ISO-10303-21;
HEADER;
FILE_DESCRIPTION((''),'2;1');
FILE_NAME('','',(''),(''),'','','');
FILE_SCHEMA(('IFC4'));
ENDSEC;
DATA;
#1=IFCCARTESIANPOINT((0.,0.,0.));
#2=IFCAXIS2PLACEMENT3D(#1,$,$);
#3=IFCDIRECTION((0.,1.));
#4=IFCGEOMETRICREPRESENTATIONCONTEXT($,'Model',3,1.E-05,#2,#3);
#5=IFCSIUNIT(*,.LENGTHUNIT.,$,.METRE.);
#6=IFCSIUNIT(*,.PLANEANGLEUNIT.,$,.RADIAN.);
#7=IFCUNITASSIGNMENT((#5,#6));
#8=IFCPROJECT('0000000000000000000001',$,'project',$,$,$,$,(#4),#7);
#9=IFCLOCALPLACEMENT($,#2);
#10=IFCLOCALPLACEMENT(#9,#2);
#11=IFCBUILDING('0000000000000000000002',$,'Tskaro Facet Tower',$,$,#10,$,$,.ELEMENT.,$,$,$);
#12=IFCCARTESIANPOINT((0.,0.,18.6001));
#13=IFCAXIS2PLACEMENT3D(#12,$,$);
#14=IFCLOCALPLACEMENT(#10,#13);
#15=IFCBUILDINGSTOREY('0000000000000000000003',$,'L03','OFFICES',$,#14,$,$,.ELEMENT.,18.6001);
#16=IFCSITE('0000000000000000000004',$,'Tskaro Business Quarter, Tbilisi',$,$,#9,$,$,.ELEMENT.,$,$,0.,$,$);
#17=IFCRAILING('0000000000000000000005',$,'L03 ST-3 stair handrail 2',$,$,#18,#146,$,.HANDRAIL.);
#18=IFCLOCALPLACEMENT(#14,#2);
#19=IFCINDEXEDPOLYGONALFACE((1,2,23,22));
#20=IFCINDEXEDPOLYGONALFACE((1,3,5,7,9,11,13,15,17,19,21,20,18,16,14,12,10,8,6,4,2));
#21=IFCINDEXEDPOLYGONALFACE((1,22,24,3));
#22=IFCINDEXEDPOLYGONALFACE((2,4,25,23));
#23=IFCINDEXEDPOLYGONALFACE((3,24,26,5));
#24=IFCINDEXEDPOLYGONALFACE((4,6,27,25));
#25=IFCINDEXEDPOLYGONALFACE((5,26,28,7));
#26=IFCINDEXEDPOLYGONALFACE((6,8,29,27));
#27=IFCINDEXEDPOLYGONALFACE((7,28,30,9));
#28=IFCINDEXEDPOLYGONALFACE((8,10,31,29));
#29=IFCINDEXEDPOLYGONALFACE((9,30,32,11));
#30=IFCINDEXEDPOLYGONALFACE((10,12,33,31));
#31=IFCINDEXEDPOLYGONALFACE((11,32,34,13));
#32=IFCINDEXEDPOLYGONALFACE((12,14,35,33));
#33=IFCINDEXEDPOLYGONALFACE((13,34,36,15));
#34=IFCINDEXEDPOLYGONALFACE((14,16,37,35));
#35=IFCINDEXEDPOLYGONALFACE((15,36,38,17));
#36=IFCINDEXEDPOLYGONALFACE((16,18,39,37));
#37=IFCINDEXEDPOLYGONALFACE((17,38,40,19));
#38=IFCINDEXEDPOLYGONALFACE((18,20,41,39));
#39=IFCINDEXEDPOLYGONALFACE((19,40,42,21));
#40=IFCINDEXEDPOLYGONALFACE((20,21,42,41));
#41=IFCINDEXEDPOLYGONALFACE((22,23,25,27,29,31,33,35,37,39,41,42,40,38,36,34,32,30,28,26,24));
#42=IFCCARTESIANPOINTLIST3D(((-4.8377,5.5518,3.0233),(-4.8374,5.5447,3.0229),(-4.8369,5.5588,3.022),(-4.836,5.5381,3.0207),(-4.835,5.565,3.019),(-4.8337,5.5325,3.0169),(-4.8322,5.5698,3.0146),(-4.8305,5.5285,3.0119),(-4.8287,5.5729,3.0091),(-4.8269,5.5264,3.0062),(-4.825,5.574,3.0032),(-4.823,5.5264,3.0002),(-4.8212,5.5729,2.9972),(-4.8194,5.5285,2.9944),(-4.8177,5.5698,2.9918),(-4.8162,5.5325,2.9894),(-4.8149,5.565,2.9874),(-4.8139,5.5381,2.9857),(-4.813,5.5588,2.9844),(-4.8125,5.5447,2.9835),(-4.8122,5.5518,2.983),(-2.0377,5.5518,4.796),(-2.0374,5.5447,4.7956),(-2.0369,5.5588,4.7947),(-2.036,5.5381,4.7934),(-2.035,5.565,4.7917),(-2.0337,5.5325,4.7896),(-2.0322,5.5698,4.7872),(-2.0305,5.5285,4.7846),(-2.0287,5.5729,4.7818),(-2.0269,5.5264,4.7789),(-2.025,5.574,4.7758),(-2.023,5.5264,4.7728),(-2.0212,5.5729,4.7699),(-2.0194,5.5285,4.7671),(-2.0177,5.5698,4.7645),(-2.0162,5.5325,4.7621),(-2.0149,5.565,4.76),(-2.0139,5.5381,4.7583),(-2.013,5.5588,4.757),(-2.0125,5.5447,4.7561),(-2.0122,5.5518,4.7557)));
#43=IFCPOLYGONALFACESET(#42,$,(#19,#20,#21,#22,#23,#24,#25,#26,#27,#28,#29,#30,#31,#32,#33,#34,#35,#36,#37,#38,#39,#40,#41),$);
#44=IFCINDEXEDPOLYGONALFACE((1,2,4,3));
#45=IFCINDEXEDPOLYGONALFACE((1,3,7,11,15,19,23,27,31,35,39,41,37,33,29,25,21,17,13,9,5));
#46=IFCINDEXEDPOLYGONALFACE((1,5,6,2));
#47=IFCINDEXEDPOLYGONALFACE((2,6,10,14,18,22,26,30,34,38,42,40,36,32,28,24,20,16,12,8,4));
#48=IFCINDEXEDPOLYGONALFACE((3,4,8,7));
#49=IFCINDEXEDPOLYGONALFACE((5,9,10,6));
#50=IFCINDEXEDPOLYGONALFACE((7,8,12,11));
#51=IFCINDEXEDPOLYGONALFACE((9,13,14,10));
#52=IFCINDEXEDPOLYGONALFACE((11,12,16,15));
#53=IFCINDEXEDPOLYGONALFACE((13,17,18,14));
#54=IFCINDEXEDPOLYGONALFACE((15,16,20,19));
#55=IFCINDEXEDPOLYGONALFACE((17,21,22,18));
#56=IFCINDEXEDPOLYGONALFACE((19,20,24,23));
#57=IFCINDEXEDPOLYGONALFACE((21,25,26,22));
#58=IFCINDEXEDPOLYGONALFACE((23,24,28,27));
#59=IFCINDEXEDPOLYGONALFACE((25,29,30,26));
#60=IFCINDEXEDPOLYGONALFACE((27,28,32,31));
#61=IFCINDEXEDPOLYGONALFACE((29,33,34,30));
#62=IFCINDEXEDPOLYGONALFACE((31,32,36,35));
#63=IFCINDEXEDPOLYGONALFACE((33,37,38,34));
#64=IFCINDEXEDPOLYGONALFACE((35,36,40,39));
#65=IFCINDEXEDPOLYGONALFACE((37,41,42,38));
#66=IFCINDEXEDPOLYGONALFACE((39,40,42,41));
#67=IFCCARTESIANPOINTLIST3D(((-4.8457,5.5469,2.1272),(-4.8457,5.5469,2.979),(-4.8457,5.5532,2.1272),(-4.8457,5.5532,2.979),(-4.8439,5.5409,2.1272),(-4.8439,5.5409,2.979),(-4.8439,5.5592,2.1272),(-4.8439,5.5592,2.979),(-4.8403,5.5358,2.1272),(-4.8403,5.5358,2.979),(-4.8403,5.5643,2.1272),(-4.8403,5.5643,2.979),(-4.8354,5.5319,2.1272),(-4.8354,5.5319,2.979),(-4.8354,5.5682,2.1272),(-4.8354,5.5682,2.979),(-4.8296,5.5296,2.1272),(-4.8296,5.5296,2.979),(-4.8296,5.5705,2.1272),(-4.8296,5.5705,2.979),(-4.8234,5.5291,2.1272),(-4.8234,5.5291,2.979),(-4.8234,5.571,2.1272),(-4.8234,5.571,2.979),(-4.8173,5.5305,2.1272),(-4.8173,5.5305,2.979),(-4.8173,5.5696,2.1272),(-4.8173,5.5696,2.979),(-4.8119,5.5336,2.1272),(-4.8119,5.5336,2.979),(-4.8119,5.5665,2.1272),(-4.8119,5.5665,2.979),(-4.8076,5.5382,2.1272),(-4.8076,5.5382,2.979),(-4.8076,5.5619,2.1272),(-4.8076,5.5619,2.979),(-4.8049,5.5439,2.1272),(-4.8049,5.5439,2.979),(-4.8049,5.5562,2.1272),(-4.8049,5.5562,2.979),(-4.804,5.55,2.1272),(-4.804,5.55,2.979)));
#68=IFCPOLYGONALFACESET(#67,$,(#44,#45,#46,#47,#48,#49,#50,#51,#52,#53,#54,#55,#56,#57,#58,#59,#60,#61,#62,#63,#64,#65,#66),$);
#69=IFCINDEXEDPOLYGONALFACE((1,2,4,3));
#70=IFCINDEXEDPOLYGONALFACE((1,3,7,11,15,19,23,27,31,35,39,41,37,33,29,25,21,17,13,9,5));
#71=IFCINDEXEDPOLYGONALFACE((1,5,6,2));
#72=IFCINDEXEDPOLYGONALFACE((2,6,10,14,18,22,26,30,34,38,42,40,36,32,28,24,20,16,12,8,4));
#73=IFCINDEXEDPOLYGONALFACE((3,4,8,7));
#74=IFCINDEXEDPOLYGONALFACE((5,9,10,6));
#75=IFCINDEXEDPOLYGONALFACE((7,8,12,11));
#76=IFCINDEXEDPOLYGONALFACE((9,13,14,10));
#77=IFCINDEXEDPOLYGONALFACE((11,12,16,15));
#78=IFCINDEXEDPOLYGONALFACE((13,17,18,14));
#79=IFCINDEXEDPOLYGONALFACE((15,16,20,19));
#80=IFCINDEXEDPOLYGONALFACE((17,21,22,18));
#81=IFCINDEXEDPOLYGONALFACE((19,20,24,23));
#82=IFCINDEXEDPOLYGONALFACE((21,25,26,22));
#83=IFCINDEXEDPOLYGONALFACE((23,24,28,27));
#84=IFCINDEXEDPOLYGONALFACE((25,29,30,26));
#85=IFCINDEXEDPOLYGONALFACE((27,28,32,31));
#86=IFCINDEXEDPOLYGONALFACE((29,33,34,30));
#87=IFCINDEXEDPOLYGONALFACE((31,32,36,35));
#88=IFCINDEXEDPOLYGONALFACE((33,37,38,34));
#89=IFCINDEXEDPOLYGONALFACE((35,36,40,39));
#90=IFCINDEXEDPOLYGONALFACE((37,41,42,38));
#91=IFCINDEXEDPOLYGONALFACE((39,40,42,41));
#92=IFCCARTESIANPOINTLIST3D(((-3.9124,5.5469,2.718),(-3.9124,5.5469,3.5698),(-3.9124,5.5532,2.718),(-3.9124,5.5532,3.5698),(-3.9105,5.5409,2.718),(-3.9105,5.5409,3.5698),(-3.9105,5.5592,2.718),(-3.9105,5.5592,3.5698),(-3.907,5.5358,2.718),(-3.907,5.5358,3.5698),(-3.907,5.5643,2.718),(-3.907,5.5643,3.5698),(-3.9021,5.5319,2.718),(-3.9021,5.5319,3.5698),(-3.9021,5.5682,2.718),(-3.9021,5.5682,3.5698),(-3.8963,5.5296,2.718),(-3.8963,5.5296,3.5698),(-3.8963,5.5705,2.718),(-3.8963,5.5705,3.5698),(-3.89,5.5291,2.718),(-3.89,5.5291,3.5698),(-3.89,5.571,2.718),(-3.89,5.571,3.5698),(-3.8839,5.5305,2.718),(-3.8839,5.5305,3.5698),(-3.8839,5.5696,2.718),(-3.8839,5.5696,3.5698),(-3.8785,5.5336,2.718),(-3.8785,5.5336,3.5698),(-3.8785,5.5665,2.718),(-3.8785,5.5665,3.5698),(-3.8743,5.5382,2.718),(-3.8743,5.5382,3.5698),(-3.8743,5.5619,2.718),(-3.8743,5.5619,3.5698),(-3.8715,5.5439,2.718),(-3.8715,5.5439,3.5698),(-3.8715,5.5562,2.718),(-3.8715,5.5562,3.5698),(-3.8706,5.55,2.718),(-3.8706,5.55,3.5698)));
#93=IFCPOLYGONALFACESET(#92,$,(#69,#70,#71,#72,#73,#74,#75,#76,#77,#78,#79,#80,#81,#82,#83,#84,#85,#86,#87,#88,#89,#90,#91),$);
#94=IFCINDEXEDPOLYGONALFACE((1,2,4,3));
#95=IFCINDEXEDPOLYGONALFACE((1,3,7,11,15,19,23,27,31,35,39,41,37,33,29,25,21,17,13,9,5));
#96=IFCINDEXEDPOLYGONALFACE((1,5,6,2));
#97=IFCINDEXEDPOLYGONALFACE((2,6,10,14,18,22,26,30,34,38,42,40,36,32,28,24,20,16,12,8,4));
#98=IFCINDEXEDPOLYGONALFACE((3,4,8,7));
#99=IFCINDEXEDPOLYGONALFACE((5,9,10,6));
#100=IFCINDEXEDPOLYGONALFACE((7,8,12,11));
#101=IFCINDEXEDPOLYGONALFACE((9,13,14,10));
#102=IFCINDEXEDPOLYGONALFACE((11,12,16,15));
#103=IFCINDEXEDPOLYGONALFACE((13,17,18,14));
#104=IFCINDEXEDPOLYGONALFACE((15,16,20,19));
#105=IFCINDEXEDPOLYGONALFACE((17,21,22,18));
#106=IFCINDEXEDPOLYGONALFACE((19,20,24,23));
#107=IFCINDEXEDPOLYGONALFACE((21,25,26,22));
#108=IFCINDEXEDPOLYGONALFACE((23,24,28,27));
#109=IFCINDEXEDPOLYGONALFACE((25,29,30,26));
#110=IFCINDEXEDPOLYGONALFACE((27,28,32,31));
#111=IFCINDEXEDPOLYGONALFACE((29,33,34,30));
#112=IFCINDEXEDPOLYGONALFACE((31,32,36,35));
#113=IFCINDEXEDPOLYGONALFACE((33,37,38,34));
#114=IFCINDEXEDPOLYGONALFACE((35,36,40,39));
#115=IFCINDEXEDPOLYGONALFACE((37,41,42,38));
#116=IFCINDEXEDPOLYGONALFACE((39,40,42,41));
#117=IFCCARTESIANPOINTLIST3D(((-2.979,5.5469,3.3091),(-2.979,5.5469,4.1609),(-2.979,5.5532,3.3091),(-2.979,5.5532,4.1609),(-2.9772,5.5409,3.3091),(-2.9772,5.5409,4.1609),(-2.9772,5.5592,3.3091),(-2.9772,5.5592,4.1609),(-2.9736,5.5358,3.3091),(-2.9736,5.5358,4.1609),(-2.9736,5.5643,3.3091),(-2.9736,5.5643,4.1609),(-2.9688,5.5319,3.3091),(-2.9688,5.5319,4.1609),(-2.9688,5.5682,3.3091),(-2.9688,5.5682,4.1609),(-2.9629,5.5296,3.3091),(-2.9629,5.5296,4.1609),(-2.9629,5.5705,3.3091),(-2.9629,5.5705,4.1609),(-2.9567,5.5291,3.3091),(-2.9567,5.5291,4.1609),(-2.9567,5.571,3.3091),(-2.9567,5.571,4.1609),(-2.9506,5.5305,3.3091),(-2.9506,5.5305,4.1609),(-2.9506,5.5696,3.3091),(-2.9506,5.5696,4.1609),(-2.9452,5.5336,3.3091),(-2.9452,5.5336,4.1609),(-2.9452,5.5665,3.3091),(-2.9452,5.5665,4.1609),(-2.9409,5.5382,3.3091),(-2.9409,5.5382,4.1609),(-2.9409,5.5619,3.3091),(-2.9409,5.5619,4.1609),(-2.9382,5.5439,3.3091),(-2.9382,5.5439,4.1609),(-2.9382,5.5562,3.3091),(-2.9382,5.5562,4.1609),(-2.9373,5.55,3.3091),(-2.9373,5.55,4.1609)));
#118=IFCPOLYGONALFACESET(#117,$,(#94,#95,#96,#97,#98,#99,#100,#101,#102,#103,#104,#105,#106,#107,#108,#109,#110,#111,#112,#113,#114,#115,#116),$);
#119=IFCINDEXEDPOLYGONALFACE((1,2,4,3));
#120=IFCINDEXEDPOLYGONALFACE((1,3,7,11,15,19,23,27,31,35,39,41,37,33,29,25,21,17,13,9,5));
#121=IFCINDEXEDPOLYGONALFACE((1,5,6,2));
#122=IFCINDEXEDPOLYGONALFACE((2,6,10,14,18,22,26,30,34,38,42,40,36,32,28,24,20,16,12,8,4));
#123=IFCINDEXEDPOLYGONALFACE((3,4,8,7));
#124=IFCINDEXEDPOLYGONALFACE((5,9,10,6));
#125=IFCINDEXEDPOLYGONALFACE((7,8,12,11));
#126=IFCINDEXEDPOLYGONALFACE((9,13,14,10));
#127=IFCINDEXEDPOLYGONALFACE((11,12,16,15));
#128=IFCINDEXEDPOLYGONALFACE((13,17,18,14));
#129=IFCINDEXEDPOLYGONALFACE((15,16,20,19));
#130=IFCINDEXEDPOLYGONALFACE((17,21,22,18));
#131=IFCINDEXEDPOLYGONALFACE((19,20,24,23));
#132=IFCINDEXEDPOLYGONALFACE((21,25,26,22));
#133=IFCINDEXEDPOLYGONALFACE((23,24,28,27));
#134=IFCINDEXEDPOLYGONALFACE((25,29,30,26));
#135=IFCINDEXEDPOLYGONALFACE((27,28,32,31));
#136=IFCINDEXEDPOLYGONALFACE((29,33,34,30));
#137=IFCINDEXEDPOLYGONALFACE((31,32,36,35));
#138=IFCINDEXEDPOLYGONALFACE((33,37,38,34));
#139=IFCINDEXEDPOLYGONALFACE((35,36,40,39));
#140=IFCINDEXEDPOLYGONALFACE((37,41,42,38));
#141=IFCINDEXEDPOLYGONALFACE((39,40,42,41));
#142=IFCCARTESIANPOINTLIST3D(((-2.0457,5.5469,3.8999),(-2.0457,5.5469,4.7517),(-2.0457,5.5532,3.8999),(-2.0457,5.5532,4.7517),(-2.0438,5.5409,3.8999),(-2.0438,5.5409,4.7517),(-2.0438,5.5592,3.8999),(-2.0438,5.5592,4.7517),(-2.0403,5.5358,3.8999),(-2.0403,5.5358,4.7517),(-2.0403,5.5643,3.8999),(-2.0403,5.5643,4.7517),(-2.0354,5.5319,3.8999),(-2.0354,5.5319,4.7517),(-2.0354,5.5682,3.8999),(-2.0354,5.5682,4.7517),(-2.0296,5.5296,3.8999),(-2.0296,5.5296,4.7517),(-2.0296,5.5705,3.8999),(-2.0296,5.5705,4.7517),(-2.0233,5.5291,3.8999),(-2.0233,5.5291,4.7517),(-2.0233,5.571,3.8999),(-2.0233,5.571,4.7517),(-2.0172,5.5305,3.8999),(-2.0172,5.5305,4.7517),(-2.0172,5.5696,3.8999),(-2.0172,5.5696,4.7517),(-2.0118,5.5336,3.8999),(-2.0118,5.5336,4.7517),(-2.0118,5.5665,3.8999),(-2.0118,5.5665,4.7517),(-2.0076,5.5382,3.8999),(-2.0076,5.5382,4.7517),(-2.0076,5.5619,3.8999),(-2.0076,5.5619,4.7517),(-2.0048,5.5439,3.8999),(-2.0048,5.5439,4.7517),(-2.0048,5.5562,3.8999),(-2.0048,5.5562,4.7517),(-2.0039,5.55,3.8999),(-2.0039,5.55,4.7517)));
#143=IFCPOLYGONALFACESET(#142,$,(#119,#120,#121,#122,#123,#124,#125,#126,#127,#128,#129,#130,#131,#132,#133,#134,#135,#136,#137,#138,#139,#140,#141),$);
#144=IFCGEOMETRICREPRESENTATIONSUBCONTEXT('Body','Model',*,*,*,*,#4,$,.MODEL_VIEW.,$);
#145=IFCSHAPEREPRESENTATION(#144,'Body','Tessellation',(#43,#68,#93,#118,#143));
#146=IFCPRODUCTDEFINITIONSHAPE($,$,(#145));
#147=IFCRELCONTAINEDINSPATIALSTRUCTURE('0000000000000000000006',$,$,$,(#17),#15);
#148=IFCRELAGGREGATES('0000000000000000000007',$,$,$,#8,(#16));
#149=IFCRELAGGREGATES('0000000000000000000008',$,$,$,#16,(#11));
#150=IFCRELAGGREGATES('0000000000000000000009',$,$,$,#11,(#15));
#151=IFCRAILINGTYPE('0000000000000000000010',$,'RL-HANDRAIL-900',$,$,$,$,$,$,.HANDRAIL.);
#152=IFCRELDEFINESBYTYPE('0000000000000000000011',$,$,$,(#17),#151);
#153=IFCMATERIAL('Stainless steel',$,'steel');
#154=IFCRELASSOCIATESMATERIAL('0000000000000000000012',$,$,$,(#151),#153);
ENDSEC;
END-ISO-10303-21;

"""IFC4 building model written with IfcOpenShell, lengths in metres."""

from ifc_helpers import new_model, si_unit, direction, frame, origin, origin_2d, place, context, subcontext, project, spatial, circle, extrude, material, type_object, element, save


model = new_model("IFC4")

# Units and contexts
model_context = context("Model", 3, precision=1e-05, world=origin(), true_north=direction((0.0, 1.0)))
body_context = subcontext(model_context, "Body", "Model", "MODEL_VIEW")
ifc_project = project(units=[si_unit("LENGTHUNIT", "METRE"), si_unit("PLANEANGLEUNIT", "RADIAN")], contexts=[model_context])

# Site, building, storey
site_placement = place(None, origin())
site = spatial("IfcSite", under=ifc_project, at=site_placement, Name="Tskaro Business Quarter, Tbilisi", CompositionType="ELEMENT", RefElevation=0.0)
building_placement = place(site_placement, origin())
building = spatial("IfcBuilding", under=site, at=building_placement, Name="Tskaro Facet Tower", CompositionType="ELEMENT")
storey_placement = place(building_placement, frame((0.0, 0.0, 18.6001)))
storey = spatial("IfcBuildingStorey", under=building, at=storey_placement, Name="L03", Description="OFFICES", CompositionType="ELEMENT", Elevation=18.6001)

# Railing
ifc_material_1 = material(Name="Stainless steel", Category="steel")
railing_type_1 = type_object("IfcRailingType", Name="RL-HANDRAIL-900", PredefinedType="HANDRAIL", material=ifc_material_1)
railing_1_placement = place(storey_placement, frame((-4.825, 5.55, 2.1272)))
element("IfcRailing", 1, at=railing_1_placement, inside=storey, type_object=railing_type_1, Name="L03 ST-3 stair handrail 2", PredefinedType="HANDRAIL", context=body_context, shape_type="SweptSolid", body=[
    extrude(circle(Radius=0.0239, at=origin_2d()), frame((0.0, 0.0, 0.876), z_axis=(0.844909, 0.0, 0.53491), x_axis=(0.0, 1.0, 0.0)), (0.0, 0.0, 1.0), 3.314),
    extrude(circle(Radius=0.021, at=origin_2d()), origin(), (0.0, 0.0, 1.0), 0.8518),
    extrude(circle(Radius=0.021, at=origin_2d()), frame((0.9333, 0.0, 0.5908)), (0.0, 0.0, 1.0), 0.8518),
    extrude(circle(Radius=0.021, at=origin_2d()), frame((1.8667, 0.0, 1.1819)), (0.0, 0.0, 1.0), 0.8518),
    extrude(circle(Radius=0.021, at=origin_2d()), frame((2.8, 0.0, 1.7727)), (0.0, 0.0, 1.0), 0.8518),
])

save(model, "model.ifc")
